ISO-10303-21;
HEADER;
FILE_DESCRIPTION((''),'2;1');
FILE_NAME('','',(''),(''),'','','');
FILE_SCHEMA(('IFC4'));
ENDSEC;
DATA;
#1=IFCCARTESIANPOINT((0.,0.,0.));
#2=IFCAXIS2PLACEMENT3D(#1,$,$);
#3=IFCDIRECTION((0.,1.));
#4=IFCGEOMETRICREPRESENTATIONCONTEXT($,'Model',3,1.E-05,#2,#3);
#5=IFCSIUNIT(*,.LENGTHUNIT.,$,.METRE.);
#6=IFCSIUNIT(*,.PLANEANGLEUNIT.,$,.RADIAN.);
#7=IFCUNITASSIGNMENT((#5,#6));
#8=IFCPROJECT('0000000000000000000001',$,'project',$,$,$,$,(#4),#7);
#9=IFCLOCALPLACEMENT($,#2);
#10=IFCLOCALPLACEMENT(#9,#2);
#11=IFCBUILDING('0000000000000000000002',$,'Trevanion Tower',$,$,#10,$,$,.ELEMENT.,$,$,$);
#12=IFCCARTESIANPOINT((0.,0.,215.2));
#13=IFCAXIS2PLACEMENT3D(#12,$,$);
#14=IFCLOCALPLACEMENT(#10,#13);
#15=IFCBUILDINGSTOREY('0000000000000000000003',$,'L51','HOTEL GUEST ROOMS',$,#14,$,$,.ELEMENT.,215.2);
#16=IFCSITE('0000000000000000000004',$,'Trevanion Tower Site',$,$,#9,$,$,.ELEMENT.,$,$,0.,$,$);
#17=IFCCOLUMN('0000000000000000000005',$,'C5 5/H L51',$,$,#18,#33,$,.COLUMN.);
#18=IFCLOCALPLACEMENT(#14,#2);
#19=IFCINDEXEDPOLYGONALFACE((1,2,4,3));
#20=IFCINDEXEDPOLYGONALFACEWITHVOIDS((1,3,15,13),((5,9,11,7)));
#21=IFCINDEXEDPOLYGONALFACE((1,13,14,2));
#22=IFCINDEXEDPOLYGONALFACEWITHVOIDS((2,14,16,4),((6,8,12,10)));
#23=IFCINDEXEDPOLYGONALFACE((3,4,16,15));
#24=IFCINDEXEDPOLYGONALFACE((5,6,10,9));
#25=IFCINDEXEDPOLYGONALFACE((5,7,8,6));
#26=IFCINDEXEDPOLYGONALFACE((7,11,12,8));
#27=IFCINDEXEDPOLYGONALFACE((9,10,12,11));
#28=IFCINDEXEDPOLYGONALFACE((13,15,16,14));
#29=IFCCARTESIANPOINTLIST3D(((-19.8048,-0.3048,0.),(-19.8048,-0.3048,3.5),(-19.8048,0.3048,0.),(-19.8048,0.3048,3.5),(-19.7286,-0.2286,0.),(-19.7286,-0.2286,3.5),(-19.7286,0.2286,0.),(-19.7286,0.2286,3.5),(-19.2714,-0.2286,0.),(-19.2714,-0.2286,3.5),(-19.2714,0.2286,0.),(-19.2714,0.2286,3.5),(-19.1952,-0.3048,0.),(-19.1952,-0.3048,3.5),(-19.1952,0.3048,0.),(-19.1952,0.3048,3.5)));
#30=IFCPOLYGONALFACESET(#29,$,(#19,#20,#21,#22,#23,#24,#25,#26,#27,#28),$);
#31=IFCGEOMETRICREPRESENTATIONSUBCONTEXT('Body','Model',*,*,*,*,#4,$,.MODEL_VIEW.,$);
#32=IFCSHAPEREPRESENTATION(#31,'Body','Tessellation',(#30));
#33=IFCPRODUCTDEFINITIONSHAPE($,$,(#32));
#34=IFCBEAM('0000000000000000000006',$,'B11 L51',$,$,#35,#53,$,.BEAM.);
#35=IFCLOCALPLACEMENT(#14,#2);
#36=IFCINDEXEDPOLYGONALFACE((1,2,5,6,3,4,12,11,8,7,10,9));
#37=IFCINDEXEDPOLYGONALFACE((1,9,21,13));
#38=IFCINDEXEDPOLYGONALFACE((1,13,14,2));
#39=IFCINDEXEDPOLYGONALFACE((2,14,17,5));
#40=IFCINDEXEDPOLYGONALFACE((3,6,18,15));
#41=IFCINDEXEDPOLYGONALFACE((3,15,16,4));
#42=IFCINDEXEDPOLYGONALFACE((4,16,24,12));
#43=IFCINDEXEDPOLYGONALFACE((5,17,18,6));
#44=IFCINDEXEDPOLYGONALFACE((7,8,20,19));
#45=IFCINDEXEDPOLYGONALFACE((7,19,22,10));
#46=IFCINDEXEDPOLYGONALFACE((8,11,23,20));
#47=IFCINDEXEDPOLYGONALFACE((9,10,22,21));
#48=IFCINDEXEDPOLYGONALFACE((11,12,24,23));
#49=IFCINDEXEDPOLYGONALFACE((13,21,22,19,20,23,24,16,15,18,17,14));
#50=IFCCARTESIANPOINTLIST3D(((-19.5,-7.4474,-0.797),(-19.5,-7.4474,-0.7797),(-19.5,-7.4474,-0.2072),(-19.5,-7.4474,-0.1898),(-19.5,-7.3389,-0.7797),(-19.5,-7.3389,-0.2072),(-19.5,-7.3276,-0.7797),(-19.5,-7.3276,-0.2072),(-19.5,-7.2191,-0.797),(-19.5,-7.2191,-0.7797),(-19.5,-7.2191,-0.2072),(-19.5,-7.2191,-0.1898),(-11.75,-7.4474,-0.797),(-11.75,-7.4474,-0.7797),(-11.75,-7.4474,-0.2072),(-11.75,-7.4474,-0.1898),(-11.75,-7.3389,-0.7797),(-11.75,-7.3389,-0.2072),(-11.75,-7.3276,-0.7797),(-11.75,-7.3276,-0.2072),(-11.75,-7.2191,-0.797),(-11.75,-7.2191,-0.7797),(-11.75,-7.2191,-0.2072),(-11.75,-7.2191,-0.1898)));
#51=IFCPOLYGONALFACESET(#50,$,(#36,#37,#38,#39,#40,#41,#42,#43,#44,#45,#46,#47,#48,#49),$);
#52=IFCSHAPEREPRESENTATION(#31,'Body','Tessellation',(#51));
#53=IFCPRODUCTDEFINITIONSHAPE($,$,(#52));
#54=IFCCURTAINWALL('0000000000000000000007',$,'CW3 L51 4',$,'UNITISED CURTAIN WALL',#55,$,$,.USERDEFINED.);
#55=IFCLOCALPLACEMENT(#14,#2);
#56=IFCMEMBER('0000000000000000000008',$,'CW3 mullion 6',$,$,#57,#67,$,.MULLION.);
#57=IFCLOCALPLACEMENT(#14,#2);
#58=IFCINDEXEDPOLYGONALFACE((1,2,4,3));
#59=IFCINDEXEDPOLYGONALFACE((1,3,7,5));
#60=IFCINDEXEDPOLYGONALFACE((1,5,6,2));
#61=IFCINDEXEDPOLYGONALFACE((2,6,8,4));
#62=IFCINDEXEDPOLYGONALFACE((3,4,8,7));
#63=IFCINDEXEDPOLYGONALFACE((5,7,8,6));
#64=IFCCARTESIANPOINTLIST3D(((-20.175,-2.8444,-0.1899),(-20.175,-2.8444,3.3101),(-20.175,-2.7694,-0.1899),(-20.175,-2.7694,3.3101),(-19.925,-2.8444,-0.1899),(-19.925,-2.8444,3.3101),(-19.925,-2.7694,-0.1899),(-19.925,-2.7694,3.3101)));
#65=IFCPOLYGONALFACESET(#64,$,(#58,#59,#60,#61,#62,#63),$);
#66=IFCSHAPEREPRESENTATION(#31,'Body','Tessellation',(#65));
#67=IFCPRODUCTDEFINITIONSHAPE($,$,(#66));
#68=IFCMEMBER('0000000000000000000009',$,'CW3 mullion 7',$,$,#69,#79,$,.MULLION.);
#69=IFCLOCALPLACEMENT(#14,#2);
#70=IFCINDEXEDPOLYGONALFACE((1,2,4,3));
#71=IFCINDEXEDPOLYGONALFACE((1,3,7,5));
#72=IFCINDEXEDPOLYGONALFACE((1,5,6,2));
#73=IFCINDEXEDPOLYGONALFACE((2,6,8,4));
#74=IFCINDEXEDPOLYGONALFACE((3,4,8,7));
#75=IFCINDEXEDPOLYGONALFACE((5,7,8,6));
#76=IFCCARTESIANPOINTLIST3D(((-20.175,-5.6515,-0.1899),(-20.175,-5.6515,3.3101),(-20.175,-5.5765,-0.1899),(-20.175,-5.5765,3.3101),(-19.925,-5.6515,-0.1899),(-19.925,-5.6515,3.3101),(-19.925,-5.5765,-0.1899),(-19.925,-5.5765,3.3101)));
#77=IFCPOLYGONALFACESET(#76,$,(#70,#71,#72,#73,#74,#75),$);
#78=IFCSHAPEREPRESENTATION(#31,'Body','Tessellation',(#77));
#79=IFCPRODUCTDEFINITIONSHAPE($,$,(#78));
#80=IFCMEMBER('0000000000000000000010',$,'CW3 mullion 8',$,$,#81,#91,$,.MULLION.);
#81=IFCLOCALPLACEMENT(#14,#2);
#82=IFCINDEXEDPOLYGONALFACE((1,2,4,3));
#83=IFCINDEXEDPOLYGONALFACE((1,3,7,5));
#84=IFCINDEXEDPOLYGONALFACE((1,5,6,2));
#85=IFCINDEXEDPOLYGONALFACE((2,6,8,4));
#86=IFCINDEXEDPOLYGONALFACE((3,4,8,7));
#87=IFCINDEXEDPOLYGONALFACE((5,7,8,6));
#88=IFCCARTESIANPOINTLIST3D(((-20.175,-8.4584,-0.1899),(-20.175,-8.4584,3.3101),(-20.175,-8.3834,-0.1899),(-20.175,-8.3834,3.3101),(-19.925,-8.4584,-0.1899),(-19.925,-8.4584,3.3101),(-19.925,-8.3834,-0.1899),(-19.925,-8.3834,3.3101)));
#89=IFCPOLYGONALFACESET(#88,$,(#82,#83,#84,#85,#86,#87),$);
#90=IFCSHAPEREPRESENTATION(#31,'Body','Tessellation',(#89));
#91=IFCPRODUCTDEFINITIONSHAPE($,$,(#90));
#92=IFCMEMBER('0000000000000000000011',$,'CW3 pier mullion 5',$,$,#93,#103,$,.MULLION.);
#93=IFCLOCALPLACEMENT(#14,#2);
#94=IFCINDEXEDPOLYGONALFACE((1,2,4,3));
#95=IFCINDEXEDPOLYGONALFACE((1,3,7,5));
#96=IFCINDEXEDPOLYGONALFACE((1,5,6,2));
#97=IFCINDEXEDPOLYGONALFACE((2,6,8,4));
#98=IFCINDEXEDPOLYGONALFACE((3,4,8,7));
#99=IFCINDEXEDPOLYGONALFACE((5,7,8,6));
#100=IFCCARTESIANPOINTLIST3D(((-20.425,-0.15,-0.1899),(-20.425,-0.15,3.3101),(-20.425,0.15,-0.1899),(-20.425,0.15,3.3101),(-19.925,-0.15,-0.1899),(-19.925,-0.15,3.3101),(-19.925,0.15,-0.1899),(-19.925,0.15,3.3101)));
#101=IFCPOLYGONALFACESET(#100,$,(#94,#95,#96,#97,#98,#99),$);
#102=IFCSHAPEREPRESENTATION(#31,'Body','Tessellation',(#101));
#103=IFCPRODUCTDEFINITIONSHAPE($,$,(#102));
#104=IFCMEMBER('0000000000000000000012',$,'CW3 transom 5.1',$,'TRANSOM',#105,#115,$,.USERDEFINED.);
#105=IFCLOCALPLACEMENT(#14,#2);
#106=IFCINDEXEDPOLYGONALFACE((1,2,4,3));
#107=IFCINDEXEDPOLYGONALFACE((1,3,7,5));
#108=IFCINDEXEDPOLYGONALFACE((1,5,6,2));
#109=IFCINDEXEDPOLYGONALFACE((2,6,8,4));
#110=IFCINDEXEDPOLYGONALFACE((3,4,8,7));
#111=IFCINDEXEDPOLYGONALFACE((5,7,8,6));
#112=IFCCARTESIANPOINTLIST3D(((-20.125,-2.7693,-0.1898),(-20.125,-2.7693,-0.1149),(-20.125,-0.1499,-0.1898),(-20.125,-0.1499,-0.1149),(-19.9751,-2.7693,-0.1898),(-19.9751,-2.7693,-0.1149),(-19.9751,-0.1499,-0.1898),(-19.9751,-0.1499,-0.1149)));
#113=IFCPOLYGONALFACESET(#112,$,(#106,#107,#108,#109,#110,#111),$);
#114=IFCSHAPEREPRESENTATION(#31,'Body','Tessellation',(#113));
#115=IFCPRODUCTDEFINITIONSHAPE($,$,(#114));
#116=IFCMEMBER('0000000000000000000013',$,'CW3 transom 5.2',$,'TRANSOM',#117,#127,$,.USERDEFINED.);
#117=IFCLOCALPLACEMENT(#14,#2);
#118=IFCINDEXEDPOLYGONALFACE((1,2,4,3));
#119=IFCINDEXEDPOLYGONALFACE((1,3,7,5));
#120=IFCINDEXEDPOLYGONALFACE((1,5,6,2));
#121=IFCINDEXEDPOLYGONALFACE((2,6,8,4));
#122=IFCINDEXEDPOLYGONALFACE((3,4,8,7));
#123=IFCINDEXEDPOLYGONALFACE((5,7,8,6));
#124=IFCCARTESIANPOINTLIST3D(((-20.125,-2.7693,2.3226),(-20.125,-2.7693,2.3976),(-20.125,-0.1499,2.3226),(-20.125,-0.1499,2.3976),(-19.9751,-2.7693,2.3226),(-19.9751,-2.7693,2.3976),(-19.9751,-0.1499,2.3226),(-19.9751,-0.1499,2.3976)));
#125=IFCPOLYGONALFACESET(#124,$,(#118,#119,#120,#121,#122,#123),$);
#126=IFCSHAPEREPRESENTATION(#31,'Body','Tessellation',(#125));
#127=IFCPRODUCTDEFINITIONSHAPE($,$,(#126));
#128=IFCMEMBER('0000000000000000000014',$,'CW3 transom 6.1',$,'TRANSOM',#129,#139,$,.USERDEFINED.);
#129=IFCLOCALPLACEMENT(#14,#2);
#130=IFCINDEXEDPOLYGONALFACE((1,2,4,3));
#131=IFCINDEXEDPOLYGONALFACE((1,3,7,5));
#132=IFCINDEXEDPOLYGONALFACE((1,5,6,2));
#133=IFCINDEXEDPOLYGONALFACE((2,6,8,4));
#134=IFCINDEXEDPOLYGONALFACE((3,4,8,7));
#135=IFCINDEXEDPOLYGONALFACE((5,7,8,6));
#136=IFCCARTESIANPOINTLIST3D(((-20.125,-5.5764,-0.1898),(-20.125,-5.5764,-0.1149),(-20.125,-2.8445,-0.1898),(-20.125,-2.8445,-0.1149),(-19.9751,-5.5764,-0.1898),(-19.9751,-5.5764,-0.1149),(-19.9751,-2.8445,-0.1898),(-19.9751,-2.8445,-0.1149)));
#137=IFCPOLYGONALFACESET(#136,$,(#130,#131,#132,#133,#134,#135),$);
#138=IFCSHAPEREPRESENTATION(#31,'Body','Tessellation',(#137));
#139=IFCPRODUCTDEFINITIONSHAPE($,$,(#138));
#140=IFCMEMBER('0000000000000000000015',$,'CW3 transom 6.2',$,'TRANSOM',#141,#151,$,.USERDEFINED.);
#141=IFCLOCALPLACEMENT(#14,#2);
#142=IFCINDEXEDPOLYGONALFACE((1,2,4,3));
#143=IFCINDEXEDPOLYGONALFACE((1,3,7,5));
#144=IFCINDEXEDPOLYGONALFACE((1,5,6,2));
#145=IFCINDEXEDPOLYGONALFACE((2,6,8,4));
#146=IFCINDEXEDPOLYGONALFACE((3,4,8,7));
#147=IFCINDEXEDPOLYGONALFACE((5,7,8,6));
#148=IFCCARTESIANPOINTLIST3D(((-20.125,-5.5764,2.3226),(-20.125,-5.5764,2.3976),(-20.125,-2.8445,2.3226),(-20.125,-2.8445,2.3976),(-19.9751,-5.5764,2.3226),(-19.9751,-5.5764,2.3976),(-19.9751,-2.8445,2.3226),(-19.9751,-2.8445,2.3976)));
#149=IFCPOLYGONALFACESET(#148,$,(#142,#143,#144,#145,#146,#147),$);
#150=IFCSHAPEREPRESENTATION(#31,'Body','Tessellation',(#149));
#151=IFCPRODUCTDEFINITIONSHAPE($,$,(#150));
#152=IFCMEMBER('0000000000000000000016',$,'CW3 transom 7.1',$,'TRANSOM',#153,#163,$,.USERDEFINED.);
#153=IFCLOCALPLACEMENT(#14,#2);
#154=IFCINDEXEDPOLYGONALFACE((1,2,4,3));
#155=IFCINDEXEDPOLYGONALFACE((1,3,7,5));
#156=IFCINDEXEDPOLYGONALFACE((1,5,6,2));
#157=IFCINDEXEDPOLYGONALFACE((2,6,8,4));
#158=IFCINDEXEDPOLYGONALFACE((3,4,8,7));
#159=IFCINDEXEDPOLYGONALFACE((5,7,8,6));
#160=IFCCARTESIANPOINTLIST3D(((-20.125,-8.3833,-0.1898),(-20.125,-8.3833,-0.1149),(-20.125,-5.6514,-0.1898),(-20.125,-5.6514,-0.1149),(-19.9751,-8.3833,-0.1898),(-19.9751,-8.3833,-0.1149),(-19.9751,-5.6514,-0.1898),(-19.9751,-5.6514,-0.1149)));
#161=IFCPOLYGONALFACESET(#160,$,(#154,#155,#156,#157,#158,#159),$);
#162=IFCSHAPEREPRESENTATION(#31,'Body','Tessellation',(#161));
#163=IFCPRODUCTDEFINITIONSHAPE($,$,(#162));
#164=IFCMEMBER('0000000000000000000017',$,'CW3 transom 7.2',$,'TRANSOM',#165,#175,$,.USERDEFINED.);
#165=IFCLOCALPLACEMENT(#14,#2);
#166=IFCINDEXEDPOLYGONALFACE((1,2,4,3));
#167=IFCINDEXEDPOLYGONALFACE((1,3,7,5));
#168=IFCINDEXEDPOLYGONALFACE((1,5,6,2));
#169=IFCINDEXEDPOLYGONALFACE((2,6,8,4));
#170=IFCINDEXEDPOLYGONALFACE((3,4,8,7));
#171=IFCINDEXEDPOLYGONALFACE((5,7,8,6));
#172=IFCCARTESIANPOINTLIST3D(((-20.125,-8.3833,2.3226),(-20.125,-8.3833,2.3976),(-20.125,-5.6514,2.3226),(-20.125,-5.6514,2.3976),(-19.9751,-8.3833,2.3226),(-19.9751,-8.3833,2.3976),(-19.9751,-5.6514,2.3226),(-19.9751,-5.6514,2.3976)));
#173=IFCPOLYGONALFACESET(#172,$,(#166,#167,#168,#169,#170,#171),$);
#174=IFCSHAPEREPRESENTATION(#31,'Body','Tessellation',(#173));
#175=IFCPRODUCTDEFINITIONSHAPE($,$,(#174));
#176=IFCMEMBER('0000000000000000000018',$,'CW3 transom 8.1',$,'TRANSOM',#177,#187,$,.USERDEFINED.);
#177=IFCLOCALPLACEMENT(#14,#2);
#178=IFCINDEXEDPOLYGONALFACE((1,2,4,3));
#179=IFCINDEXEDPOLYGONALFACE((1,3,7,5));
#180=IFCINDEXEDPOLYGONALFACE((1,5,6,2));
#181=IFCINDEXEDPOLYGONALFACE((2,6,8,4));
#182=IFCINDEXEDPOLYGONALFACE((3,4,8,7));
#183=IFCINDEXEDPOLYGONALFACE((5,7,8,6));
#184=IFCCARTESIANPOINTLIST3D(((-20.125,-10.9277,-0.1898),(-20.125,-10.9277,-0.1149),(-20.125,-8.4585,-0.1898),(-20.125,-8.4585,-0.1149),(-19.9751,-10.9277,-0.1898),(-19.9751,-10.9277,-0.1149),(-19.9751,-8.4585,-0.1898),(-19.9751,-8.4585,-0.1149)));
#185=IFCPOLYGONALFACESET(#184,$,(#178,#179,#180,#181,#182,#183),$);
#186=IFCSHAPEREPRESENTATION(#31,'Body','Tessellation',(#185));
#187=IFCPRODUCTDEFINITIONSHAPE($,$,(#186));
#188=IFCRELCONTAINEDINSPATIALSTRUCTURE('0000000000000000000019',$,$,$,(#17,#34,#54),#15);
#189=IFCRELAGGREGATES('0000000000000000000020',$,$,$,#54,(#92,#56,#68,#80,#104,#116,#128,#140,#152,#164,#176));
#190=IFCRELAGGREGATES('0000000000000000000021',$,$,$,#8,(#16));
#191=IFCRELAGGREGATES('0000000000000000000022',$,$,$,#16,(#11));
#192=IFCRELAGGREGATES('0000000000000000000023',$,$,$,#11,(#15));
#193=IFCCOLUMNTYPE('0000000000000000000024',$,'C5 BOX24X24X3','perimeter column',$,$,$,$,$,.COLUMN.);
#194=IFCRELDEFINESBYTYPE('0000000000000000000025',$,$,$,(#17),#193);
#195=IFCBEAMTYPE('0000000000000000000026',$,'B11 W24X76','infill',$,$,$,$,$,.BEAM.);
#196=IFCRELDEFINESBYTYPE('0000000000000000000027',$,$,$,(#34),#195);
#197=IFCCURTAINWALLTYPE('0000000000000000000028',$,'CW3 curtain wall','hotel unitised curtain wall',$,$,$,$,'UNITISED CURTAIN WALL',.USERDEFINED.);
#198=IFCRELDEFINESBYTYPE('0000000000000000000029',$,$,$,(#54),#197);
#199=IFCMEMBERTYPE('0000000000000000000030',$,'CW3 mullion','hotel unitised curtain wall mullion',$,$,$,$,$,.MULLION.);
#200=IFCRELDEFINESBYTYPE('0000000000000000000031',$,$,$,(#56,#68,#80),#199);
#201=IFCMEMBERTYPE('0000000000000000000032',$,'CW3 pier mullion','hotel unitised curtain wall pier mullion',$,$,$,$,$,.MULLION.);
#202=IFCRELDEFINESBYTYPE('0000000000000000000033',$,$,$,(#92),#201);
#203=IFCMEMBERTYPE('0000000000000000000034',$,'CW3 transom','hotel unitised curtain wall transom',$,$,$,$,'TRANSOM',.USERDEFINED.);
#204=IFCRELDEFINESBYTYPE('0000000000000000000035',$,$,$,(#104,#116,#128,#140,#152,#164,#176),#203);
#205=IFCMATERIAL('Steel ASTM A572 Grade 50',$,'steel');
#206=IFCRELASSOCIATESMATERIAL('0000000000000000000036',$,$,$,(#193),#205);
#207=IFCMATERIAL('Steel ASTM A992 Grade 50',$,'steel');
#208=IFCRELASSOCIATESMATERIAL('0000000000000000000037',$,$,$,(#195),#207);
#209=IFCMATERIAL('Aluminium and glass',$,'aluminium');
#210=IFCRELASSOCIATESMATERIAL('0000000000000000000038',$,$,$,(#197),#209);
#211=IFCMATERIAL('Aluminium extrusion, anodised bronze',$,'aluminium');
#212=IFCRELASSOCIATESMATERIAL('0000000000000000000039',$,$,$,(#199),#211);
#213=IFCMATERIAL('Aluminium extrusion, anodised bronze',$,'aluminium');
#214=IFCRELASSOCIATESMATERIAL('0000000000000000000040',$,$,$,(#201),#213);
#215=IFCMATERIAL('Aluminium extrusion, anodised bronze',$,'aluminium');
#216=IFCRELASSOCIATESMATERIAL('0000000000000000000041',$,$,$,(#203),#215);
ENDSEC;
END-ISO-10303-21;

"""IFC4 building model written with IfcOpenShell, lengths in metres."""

from ifc_helpers import new_model, si_unit, direction, frame, origin, origin_2d, place, context, subcontext, project, spatial, rectangle, hollow_rectangle, i_section, extrude, material, material_profile, profile_set, type_object, element, aggregate, save


model = new_model("IFC4")

# Units and contexts
model_context = context("Model", 3, precision=1e-05, world=origin(), true_north=direction((0.0, 1.0)))
body_context = subcontext(model_context, "Body", "Model", "MODEL_VIEW")
ifc_project = project(units=[si_unit("LENGTHUNIT", "METRE"), si_unit("PLANEANGLEUNIT", "RADIAN")], contexts=[model_context])

# Site, building, storey
site_placement = place(None, origin())
site = spatial("IfcSite", under=ifc_project, at=site_placement, Name="Trevanion Tower Site", CompositionType="ELEMENT", RefElevation=0.0)
building_placement = place(site_placement, origin())
building = spatial("IfcBuilding", under=site, at=building_placement, Name="Trevanion Tower", CompositionType="ELEMENT")
storey_placement = place(building_placement, frame((0.0, 0.0, 215.2)))
storey = spatial("IfcBuildingStorey", under=building, at=storey_placement, Name="L51", Description="HOTEL GUEST ROOMS", CompositionType="ELEMENT", Elevation=215.2)

# Column
ifc_material_1 = material(Name="Steel ASTM A572 Grade 50", Category="steel")
ifc_material_profile_1 = material_profile(ifc_material_1, hollow_rectangle(XDim=0.6096, YDim=0.6096, WallThickness=0.0762, at=origin_2d()), Name="BOX24X24X3")
ifc_profile_set_1 = profile_set([ifc_material_profile_1], Name="Steel ASTM A572 Grade 50")
column_type = type_object("IfcColumnType", Name="C5 BOX24X24X3", Description="perimeter column", PredefinedType="COLUMN", material=ifc_profile_set_1)
column_placement = place(storey_placement, frame((-19.5, 0.0, 0.0), z_axis=(0.0, 0.0, 1.0), x_axis=(0.0, 1.0, 0.0)))
element("IfcColumn", 1, at=column_placement, inside=storey, type_object=column_type, Name="C5 5/H L51", PredefinedType="COLUMN", context=body_context, shape_type="SweptSolid", body=[
    extrude(hollow_rectangle(XDim=0.6096, YDim=0.6096, WallThickness=0.0762, at=origin_2d()), origin(), (0.0, 0.0, 1.0), 3.5),
])

# Beam
ifc_material_2 = material(Name="Steel ASTM A992 Grade 50", Category="steel")
ifc_material_profile_2 = material_profile(ifc_material_2, i_section(OverallWidth=0.2283, OverallDepth=0.6072, WebThickness=0.0112, FlangeThickness=0.0173, at=origin_2d()), Name="W24X76")
ifc_profile_set_2 = profile_set([ifc_material_profile_2], Name="Steel ASTM A992 Grade 50")
beam_type_1 = type_object("IfcBeamType", Name="B11 W24X76", Description="infill", PredefinedType="BEAM", material=ifc_profile_set_2)
beam_1_placement = place(storey_placement, frame((-11.75, -7.3333, -0.4934), z_axis=(-1.0, 0.0, 0.0), x_axis=(0.0, -1.0, 0.0)))
element("IfcBeam", 2, at=beam_1_placement, inside=storey, type_object=beam_type_1, Name="B11 L51", PredefinedType="BEAM", context=body_context, shape_type="SweptSolid", body=[
    extrude(i_section(OverallWidth=0.2283, OverallDepth=0.6072, WebThickness=0.0112, FlangeThickness=0.0173, at=origin_2d()), origin(), (0.0, 0.0, 1.0), 7.75),
])

# Curtain wall, members
ifc_material_3 = material(Name="Aluminium and glass", Category="aluminium")
curtain_wall_type = type_object("IfcCurtainWallType", Name="CW3 curtain wall", Description="hotel unitised curtain wall", ElementType="UNITISED CURTAIN WALL", PredefinedType="USERDEFINED", material=ifc_material_3)
curtain_wall_placement = place(storey_placement, origin())
curtain_wall = element("IfcCurtainWall", 3, at=curtain_wall_placement, inside=storey, type_object=curtain_wall_type, Name="CW3 L51 4", ObjectType="UNITISED CURTAIN WALL", PredefinedType="USERDEFINED")
ifc_material_4 = material(Name="Aluminium extrusion, anodised bronze", Category="aluminium")
ifc_material_profile_3 = material_profile(ifc_material_4, rectangle(XDim=0.075, YDim=0.25, at=origin_2d()), Name="CW3 mullion")
ifc_profile_set_3 = profile_set([ifc_material_profile_3], Name="Aluminium extrusion, anodised bronze")
member_type_1 = type_object("IfcMemberType", Name="CW3 mullion", Description="hotel unitised curtain wall mullion", PredefinedType="MULLION", material=ifc_profile_set_3)
member_1_placement = place(storey_placement, frame((-20.05, -2.8069, -0.1899), z_axis=(0.0, 0.0, 1.0), x_axis=(0.0, -1.0, 0.0)))
member_1 = element("IfcMember", 4, at=member_1_placement, type_object=member_type_1, Name="CW3 mullion 6", PredefinedType="MULLION", context=body_context, shape_type="SweptSolid", body=[
    extrude(rectangle(XDim=0.075, YDim=0.25, at=origin_2d()), origin(), (0.0, 0.0, 1.0), 3.5),
])
member_2_placement = place(storey_placement, frame((-20.05, -5.614, -0.1899), z_axis=(0.0, 0.0, 1.0), x_axis=(0.0, -1.0, 0.0)))
member_2 = element("IfcMember", 5, at=member_2_placement, type_object=member_type_1, Name="CW3 mullion 7", PredefinedType="MULLION", context=body_context, shape_type="SweptSolid", body=[
    extrude(rectangle(XDim=0.075, YDim=0.25, at=origin_2d()), origin(), (0.0, 0.0, 1.0), 3.5),
])
member_3_placement = place(storey_placement, frame((-20.05, -8.4209, -0.1899), z_axis=(0.0, 0.0, 1.0), x_axis=(0.0, -1.0, 0.0)))
member_3 = element("IfcMember", 6, at=member_3_placement, type_object=member_type_1, Name="CW3 mullion 8", PredefinedType="MULLION", context=body_context, shape_type="SweptSolid", body=[
    extrude(rectangle(XDim=0.075, YDim=0.25, at=origin_2d()), origin(), (0.0, 0.0, 1.0), 3.5),
])
ifc_material_5 = material(Name="Aluminium extrusion, anodised bronze", Category="aluminium")
ifc_material_profile_4 = material_profile(ifc_material_5, rectangle(XDim=0.3, YDim=0.5, at=origin_2d()), Name="CW3 pier mullion")
ifc_profile_set_4 = profile_set([ifc_material_profile_4], Name="Aluminium extrusion, anodised bronze")
member_type_2 = type_object("IfcMemberType", Name="CW3 pier mullion", Description="hotel unitised curtain wall pier mullion", PredefinedType="MULLION", material=ifc_profile_set_4)
member_4_placement = place(storey_placement, frame((-20.175, 0.0, -0.1899), z_axis=(0.0, 0.0, 1.0), x_axis=(0.0, -1.0, 0.0)))
member_4 = element("IfcMember", 7, at=member_4_placement, type_object=member_type_2, Name="CW3 pier mullion 5", PredefinedType="MULLION", context=body_context, shape_type="SweptSolid", body=[
    extrude(rectangle(XDim=0.3, YDim=0.5, at=origin_2d()), origin(), (0.0, 0.0, 1.0), 3.5),
])
ifc_material_6 = material(Name="Aluminium extrusion, anodised bronze", Category="aluminium")
ifc_material_profile_5 = material_profile(ifc_material_6, rectangle(XDim=0.1499, YDim=0.075, at=origin_2d()), Name="CW3 transom")
ifc_profile_set_5 = profile_set([ifc_material_profile_5], Name="Aluminium extrusion, anodised bronze")
member_type_3 = type_object("IfcMemberType", Name="CW3 transom", Description="hotel unitised curtain wall transom", ElementType="TRANSOM", PredefinedType="USERDEFINED", material=ifc_profile_set_5)
member_5_placement = place(storey_placement, frame((-20.05, -0.1499, -0.1523), z_axis=(0.0, -1.0, 0.0), x_axis=(1.0, 0.0, 0.0)))
member_5 = element("IfcMember", 8, at=member_5_placement, type_object=member_type_3, Name="CW3 transom 5.1", ObjectType="TRANSOM", PredefinedType="USERDEFINED", context=body_context, shape_type="SweptSolid", body=[
    extrude(rectangle(XDim=0.1499, YDim=0.075, at=origin_2d()), origin(), (0.0, 0.0, 1.0), 2.6194),
])
member_6_placement = place(storey_placement, frame((-20.05, -0.1499, 2.3601), z_axis=(0.0, -1.0, 0.0), x_axis=(1.0, 0.0, 0.0)))
member_6 = element("IfcMember", 9, at=member_6_placement, type_object=member_type_3, Name="CW3 transom 5.2", ObjectType="TRANSOM", PredefinedType="USERDEFINED", context=body_context, shape_type="SweptSolid", body=[
    extrude(rectangle(XDim=0.1499, YDim=0.075, at=origin_2d()), origin(), (0.0, 0.0, 1.0), 2.6194),
])
member_7_placement = place(storey_placement, frame((-20.05, -2.8445, -0.1523), z_axis=(0.0, -1.0, 0.0), x_axis=(1.0, 0.0, 0.0)))
member_7 = element("IfcMember", 10, at=member_7_placement, type_object=member_type_3, Name="CW3 transom 6.1", ObjectType="TRANSOM", PredefinedType="USERDEFINED", context=body_context, shape_type="SweptSolid", body=[
    extrude(rectangle(XDim=0.1499, YDim=0.075, at=origin_2d()), origin(), (0.0, 0.0, 1.0), 2.7319),
])
member_8_placement = place(storey_placement, frame((-20.05, -2.8445, 2.3601), z_axis=(0.0, -1.0, 0.0), x_axis=(1.0, 0.0, 0.0)))
member_8 = element("IfcMember", 11, at=member_8_placement, type_object=member_type_3, Name="CW3 transom 6.2", ObjectType="TRANSOM", PredefinedType="USERDEFINED", context=body_context, shape_type="SweptSolid", body=[
    extrude(rectangle(XDim=0.1499, YDim=0.075, at=origin_2d()), origin(), (0.0, 0.0, 1.0), 2.7319),
])
member_9_placement = place(storey_placement, frame((-20.05, -5.6514, -0.1523), z_axis=(0.0, -1.0, 0.0), x_axis=(1.0, 0.0, 0.0)))
member_9 = element("IfcMember", 12, at=member_9_placement, type_object=member_type_3, Name="CW3 transom 7.1", ObjectType="TRANSOM", PredefinedType="USERDEFINED", context=body_context, shape_type="SweptSolid", body=[
    extrude(rectangle(XDim=0.1499, YDim=0.075, at=origin_2d()), origin(), (0.0, 0.0, 1.0), 2.7319),
])
member_10_placement = place(storey_placement, frame((-20.05, -5.6514, 2.3601), z_axis=(0.0, -1.0, 0.0), x_axis=(1.0, 0.0, 0.0)))
member_10 = element("IfcMember", 13, at=member_10_placement, type_object=member_type_3, Name="CW3 transom 7.2", ObjectType="TRANSOM", PredefinedType="USERDEFINED", context=body_context, shape_type="SweptSolid", body=[
    extrude(rectangle(XDim=0.1499, YDim=0.075, at=origin_2d()), origin(), (0.0, 0.0, 1.0), 2.7319),
])
member_11_placement = place(storey_placement, frame((-20.05, -8.4585, -0.1523), z_axis=(0.0, -1.0, 0.0), x_axis=(1.0, 0.0, 0.0)))
member_11 = element("IfcMember", 14, at=member_11_placement, type_object=member_type_3, Name="CW3 transom 8.1", ObjectType="TRANSOM", PredefinedType="USERDEFINED", context=body_context, shape_type="SweptSolid", body=[
    extrude(rectangle(XDim=0.1499, YDim=0.075, at=origin_2d()), origin(), (0.0, 0.0, 1.0), 2.4692),
])

aggregate(curtain_wall, [member_4, member_1, member_2, member_3, member_5, member_6, member_7, member_8, member_9, member_10, member_11])

save(model, "model.ifc")
